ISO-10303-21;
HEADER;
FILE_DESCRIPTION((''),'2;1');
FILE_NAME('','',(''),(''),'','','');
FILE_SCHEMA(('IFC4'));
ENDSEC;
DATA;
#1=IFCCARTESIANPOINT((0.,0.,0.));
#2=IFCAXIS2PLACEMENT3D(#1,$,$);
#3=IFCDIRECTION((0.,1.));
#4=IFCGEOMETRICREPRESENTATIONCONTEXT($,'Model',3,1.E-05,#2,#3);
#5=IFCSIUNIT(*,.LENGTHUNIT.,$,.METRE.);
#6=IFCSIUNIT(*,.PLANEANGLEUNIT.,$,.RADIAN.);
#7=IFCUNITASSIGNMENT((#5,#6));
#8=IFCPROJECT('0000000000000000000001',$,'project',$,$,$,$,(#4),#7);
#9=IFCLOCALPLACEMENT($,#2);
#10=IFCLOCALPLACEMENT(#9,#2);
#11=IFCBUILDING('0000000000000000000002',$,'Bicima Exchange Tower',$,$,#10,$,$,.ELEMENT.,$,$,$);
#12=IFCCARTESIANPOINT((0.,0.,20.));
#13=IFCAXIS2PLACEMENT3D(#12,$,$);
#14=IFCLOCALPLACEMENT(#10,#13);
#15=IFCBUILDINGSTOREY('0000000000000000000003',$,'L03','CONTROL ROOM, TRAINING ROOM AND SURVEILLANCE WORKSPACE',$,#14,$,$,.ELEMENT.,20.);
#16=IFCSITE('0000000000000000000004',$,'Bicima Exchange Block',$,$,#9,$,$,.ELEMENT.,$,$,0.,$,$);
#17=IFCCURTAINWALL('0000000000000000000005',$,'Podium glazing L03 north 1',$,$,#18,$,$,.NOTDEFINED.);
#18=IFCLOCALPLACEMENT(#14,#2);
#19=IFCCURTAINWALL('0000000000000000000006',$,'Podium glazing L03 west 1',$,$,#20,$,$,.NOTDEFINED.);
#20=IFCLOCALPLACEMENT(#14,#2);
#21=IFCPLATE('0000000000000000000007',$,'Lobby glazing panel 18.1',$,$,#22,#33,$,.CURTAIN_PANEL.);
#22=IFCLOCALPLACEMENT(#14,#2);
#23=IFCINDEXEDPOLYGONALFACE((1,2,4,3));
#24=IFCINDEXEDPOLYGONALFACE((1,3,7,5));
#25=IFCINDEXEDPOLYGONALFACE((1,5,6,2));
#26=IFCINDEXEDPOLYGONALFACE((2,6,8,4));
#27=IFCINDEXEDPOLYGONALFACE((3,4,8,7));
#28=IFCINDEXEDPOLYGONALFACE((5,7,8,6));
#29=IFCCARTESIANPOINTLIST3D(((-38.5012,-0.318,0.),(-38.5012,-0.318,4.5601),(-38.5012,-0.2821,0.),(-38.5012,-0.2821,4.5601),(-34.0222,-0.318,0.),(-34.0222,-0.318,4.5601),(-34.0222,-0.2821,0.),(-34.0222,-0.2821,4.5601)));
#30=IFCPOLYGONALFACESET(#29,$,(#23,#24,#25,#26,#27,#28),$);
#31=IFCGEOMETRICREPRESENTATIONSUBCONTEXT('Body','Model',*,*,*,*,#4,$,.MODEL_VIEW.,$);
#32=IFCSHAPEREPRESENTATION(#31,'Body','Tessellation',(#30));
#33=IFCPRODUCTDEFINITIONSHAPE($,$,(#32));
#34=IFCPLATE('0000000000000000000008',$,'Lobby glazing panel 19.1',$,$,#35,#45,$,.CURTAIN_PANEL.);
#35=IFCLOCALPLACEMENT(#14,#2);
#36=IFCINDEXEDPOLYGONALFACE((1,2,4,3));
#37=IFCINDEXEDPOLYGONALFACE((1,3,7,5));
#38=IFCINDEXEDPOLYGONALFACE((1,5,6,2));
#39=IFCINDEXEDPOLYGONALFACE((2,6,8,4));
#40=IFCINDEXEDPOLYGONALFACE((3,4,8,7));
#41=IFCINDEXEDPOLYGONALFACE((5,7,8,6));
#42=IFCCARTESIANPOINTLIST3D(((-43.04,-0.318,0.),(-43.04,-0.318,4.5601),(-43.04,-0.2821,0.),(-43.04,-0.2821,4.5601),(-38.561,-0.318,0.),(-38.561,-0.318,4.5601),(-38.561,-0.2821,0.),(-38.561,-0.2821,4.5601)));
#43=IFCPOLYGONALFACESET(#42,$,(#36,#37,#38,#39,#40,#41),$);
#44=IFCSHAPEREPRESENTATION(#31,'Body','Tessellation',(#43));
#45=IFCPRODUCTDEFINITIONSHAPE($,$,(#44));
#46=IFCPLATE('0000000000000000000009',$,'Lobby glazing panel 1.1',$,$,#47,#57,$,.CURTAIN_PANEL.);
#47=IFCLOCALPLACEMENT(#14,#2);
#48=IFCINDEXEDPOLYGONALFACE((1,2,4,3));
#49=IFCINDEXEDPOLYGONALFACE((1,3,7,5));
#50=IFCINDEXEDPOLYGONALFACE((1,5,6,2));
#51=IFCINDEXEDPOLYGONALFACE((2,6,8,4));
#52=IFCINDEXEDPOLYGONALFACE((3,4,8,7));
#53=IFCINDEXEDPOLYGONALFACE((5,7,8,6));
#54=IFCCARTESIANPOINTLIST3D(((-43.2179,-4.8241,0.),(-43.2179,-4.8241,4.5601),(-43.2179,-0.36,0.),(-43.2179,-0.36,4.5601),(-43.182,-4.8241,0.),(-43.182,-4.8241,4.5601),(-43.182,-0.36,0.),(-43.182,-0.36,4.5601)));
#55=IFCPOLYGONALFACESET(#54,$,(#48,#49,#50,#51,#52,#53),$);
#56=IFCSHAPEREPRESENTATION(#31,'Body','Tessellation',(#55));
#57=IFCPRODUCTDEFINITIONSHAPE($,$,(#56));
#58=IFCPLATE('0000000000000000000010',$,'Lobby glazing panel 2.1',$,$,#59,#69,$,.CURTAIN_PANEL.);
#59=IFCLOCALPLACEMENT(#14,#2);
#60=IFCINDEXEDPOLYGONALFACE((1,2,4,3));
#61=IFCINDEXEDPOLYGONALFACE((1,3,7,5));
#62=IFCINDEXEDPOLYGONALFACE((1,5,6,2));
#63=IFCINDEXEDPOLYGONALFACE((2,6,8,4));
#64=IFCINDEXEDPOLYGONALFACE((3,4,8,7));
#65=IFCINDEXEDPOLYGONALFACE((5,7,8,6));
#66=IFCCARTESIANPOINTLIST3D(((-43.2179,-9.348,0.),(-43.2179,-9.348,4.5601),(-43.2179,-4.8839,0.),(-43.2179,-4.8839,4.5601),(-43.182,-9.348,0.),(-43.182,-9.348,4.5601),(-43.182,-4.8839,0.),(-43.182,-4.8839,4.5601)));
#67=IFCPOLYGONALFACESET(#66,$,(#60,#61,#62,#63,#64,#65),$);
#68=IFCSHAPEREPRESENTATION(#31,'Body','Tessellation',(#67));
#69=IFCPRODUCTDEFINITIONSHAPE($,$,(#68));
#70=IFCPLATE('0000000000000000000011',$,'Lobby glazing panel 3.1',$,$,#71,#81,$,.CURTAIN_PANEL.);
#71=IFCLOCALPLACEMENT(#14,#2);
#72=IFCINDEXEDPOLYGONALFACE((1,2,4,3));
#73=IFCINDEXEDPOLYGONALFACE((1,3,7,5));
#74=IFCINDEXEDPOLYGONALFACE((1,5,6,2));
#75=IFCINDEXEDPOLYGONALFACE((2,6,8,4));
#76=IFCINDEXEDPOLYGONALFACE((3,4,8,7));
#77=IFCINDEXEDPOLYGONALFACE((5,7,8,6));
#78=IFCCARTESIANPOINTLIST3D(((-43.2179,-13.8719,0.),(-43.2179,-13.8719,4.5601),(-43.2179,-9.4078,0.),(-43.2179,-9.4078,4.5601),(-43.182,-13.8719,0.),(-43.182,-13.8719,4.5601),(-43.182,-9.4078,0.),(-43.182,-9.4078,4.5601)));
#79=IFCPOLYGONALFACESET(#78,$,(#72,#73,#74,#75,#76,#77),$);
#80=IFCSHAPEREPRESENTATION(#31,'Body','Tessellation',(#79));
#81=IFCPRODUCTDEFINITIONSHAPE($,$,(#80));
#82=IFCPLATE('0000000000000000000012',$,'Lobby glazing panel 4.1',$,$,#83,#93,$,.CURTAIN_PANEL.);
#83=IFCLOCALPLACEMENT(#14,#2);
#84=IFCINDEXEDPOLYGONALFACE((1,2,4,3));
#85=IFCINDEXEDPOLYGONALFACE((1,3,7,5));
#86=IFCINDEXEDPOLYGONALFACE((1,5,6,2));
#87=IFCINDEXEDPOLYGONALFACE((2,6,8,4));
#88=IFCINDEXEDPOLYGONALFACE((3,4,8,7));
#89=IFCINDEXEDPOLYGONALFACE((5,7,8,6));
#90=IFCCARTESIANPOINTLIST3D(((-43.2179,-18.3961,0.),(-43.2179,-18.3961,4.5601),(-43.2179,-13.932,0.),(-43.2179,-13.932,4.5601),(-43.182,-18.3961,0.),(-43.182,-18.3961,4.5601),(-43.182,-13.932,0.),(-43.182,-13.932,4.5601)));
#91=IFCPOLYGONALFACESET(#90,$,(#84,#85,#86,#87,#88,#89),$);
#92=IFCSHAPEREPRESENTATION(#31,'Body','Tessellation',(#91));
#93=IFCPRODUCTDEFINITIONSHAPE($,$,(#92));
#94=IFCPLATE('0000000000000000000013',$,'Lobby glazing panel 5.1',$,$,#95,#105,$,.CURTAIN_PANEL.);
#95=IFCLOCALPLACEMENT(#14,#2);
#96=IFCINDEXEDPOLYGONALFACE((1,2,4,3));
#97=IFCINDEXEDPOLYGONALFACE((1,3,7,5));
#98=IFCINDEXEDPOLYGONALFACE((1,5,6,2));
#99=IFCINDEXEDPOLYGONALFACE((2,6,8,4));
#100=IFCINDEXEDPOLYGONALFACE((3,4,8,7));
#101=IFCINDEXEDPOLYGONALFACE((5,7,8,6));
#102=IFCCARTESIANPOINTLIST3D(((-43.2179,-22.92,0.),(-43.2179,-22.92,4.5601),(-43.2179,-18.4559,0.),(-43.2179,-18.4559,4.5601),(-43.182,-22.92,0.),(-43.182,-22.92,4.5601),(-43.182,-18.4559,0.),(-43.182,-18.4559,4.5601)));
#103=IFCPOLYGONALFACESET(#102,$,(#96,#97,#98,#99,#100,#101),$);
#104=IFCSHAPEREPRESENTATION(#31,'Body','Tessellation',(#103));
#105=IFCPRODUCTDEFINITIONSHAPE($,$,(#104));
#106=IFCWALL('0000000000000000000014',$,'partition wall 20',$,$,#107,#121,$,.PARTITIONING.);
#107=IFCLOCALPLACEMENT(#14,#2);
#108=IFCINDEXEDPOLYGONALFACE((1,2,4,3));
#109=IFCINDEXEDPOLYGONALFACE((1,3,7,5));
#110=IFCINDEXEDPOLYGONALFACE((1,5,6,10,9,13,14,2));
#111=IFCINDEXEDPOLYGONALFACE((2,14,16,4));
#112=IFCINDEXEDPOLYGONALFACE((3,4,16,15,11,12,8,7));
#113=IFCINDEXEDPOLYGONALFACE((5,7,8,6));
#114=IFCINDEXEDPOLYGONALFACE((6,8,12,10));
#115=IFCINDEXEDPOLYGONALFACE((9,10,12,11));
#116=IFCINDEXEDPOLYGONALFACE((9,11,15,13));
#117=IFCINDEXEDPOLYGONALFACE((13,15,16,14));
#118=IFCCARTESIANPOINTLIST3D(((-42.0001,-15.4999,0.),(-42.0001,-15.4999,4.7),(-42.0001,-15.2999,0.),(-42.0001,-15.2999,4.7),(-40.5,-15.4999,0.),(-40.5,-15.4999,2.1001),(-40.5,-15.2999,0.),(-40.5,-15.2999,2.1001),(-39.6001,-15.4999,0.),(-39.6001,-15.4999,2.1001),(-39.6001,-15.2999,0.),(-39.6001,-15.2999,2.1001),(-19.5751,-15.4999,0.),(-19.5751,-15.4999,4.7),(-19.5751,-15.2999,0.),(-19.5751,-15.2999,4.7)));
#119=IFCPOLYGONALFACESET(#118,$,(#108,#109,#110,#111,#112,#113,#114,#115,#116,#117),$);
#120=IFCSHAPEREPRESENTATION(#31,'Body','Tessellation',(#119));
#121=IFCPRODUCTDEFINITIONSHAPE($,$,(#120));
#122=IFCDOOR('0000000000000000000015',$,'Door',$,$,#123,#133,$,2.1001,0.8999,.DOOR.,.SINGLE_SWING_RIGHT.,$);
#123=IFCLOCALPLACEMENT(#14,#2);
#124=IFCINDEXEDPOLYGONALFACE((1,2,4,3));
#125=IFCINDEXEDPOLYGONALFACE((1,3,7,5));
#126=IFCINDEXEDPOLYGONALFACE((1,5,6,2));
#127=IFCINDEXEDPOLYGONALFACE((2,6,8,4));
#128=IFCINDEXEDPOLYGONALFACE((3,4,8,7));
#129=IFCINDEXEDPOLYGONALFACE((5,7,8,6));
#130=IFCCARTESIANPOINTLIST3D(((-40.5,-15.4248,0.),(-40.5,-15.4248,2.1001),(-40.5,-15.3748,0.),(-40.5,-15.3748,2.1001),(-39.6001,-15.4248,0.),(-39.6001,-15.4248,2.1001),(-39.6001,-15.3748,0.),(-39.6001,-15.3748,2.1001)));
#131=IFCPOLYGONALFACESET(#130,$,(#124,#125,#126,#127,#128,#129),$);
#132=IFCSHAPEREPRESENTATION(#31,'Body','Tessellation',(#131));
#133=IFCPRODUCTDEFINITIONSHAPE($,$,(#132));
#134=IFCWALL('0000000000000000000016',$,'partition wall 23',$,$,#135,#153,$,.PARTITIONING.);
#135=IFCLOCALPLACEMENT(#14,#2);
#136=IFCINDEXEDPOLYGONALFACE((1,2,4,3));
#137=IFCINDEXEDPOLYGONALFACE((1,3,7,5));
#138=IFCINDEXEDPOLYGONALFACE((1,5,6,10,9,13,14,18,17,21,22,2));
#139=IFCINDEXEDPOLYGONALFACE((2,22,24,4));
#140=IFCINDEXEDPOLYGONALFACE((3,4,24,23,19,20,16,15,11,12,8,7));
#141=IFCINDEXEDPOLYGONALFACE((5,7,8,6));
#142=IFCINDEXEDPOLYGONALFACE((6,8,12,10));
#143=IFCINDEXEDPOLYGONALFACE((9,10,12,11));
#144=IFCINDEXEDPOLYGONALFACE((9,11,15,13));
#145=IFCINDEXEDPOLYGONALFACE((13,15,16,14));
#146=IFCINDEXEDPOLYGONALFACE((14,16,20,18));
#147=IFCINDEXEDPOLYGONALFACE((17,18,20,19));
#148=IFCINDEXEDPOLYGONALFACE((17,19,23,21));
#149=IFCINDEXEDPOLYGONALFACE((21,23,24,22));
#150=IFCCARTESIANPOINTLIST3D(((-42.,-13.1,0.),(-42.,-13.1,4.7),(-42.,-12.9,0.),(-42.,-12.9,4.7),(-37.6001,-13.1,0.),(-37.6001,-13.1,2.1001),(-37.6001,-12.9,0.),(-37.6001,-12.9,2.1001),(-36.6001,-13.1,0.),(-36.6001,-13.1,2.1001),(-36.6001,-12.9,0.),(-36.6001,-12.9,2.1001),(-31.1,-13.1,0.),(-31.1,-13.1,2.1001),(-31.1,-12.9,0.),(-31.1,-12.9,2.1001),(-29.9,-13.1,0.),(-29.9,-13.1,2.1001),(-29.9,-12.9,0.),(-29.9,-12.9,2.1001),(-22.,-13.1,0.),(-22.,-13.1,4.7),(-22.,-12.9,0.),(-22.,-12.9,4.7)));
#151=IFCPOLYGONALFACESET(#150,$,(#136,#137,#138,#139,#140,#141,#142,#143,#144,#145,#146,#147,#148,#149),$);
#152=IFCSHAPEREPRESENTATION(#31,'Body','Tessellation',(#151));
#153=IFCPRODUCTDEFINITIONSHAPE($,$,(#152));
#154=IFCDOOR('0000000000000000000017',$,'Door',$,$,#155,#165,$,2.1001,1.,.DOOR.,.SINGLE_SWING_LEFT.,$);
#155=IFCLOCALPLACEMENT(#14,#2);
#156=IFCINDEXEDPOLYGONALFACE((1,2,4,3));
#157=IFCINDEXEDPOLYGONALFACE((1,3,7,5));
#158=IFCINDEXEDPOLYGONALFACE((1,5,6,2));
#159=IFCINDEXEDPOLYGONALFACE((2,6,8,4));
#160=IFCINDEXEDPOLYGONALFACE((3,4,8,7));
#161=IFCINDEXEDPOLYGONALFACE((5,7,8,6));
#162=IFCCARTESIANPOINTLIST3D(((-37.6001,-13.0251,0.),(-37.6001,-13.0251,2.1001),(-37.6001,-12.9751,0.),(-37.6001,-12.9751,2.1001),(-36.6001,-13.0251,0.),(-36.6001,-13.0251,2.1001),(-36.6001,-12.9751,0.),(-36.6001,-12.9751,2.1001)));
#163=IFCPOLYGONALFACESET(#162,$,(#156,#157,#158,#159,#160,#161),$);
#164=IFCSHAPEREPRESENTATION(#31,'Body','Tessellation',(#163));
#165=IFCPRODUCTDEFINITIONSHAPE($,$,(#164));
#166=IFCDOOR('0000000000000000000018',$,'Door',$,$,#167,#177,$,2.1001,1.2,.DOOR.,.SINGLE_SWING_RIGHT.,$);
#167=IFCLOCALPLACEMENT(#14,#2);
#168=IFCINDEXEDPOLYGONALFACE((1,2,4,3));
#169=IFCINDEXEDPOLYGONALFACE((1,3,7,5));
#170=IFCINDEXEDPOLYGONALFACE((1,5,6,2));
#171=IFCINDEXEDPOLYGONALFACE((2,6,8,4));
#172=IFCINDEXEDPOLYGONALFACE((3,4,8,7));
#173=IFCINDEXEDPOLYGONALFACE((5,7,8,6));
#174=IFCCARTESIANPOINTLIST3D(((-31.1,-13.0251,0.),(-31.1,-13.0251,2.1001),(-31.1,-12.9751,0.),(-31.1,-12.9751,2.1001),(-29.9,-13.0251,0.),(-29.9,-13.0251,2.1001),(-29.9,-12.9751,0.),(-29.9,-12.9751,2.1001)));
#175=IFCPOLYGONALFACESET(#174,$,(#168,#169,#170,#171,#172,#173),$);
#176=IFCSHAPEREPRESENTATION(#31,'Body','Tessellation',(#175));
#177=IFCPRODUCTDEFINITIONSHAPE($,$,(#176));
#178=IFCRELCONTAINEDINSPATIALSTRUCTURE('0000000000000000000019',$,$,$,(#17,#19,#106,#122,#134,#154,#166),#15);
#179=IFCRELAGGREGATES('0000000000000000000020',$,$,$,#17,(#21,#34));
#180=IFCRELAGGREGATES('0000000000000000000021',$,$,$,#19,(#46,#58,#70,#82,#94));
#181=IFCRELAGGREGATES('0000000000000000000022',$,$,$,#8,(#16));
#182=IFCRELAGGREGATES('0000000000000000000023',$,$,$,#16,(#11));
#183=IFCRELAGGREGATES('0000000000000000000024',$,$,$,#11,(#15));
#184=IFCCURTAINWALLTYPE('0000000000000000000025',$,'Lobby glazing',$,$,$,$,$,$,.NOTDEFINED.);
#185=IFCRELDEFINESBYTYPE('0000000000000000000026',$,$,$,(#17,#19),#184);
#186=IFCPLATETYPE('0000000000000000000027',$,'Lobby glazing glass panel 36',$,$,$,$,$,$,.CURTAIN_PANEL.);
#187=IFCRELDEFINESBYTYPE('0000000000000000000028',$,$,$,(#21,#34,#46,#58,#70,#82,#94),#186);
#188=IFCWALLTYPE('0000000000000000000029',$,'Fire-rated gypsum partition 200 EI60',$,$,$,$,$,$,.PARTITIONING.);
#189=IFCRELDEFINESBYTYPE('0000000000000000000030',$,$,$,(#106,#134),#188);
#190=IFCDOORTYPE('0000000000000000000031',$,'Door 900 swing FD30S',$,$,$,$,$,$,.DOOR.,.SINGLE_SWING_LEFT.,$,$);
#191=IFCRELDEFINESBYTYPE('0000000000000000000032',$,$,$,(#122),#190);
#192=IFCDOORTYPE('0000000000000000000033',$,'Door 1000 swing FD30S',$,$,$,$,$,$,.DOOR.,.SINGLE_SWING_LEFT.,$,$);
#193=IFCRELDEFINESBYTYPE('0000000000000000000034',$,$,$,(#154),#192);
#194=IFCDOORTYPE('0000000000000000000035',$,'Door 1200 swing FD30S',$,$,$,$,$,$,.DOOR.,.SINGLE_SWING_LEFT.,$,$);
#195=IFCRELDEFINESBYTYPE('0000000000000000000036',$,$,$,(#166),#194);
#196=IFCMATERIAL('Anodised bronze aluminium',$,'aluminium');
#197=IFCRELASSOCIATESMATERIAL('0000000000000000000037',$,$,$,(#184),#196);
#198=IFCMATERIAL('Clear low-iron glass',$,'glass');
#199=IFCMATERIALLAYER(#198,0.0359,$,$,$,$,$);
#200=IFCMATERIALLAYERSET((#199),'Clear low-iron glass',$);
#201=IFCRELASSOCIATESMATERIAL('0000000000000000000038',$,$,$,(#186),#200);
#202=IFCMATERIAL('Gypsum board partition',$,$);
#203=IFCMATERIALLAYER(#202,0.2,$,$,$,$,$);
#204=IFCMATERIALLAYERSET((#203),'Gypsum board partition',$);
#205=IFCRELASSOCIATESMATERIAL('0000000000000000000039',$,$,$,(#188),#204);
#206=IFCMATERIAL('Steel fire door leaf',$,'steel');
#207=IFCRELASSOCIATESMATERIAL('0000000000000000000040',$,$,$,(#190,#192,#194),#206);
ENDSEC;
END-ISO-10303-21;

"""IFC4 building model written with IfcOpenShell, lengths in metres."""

from ifc_helpers import new_model, si_unit, direction, frame, frame_2d, origin, origin_2d, place, context, subcontext, project, spatial, rectangle, extrude, material, layer, layer_set, type_object, element, fill, aggregate, save


model = new_model("IFC4")

# Units and contexts
model_context = context("Model", 3, precision=1e-05, world=origin(), true_north=direction((0.0, 1.0)))
body_context = subcontext(model_context, "Body", "Model", "MODEL_VIEW")
ifc_project = project(units=[si_unit("LENGTHUNIT", "METRE"), si_unit("PLANEANGLEUNIT", "RADIAN")], contexts=[model_context])

# Site, building, storey
site_placement = place(None, origin())
site = spatial("IfcSite", under=ifc_project, at=site_placement, Name="Bicima Exchange Block", CompositionType="ELEMENT", RefElevation=0.0)
building_placement = place(site_placement, origin())
building = spatial("IfcBuilding", under=site, at=building_placement, Name="Bicima Exchange Tower", CompositionType="ELEMENT")
storey_placement = place(building_placement, frame((0.0, 0.0, 20.0)))
storey = spatial("IfcBuildingStorey", under=building, at=storey_placement, Name="L03", Description="CONTROL ROOM, TRAINING ROOM AND SURVEILLANCE WORKSPACE", CompositionType="ELEMENT", Elevation=20.0)

# Curtain walls
ifc_material_1 = material(Name="Anodised bronze aluminium", Category="aluminium")
curtain_wall_type = type_object("IfcCurtainWallType", Name="Lobby glazing", PredefinedType="NOTDEFINED", material=ifc_material_1)
curtain_wall_1_placement = place(storey_placement, origin())
curtain_wall_1 = element("IfcCurtainWall", 1, at=curtain_wall_1_placement, inside=storey, type_object=curtain_wall_type, Name="Podium glazing L03 north 1", PredefinedType="NOTDEFINED")
curtain_wall_2_placement = place(storey_placement, origin())
curtain_wall_2 = element("IfcCurtainWall", 2, at=curtain_wall_2_placement, inside=storey, type_object=curtain_wall_type, Name="Podium glazing L03 west 1", PredefinedType="NOTDEFINED")

# Plates
ifc_material_2 = material(Name="Clear low-iron glass", Category="glass")
ifc_layer_1 = layer(ifc_material_2, 0.0359)
ifc_layer_set_1 = layer_set([ifc_layer_1], Name="Clear low-iron glass")
plate_type = type_object("IfcPlateType", Name="Lobby glazing glass panel 36", PredefinedType="CURTAIN_PANEL", material=ifc_layer_set_1)
plate_1_placement = place(storey_placement, frame((-36.2617, -0.3, 0.0), z_axis=(0.0, 0.0, 1.0), x_axis=(-1.0, 0.0, 0.0)))
plate_1 = element("IfcPlate", 3, at=plate_1_placement, type_object=plate_type, Name="Lobby glazing panel 18.1", PredefinedType="CURTAIN_PANEL", context=body_context, shape_type="SweptSolid", body=[
    extrude(rectangle(XDim=4.479, YDim=0.0359, at=origin_2d()), origin(), (0.0, 0.0, 1.0), 4.5601),
])
plate_2_placement = place(storey_placement, frame((-40.8005, -0.3, 0.0), z_axis=(0.0, 0.0, 1.0), x_axis=(-1.0, 0.0, 0.0)))
plate_2 = element("IfcPlate", 4, at=plate_2_placement, type_object=plate_type, Name="Lobby glazing panel 19.1", PredefinedType="CURTAIN_PANEL", context=body_context, shape_type="SweptSolid", body=[
    extrude(rectangle(XDim=4.479, YDim=0.0359, at=origin_2d()), origin(), (0.0, 0.0, 1.0), 4.5601),
])
aggregate(curtain_wall_1, [plate_1, plate_2])
plate_3_placement = place(storey_placement, frame((-43.2, -2.592, 0.0), z_axis=(0.0, 0.0, 1.0), x_axis=(0.0, -1.0, 0.0)))
plate_3 = element("IfcPlate", 5, at=plate_3_placement, type_object=plate_type, Name="Lobby glazing panel 1.1", PredefinedType="CURTAIN_PANEL", context=body_context, shape_type="SweptSolid", body=[
    extrude(rectangle(XDim=4.4641, YDim=0.0359, at=origin_2d()), origin(), (0.0, 0.0, 1.0), 4.5601),
])
plate_4_placement = place(storey_placement, frame((-43.2, -7.116, 0.0), z_axis=(0.0, 0.0, 1.0), x_axis=(0.0, -1.0, 0.0)))
plate_4 = element("IfcPlate", 6, at=plate_4_placement, type_object=plate_type, Name="Lobby glazing panel 2.1", PredefinedType="CURTAIN_PANEL", context=body_context, shape_type="SweptSolid", body=[
    extrude(rectangle(XDim=4.4641, YDim=0.0359, at=origin_2d()), origin(), (0.0, 0.0, 1.0), 4.5601),
])
plate_5_placement = place(storey_placement, frame((-43.2, -11.6399, 0.0), z_axis=(0.0, 0.0, 1.0), x_axis=(0.0, -1.0, 0.0)))
plate_5 = element("IfcPlate", 7, at=plate_5_placement, type_object=plate_type, Name="Lobby glazing panel 3.1", PredefinedType="CURTAIN_PANEL", context=body_context, shape_type="SweptSolid", body=[
    extrude(rectangle(XDim=4.4641, YDim=0.0359, at=origin_2d()), origin(), (0.0, 0.0, 1.0), 4.5601),
])
plate_6_placement = place(storey_placement, frame((-43.2, -16.1641, 0.0), z_axis=(0.0, 0.0, 1.0), x_axis=(0.0, -1.0, 0.0)))
plate_6 = element("IfcPlate", 8, at=plate_6_placement, type_object=plate_type, Name="Lobby glazing panel 4.1", PredefinedType="CURTAIN_PANEL", context=body_context, shape_type="SweptSolid", body=[
    extrude(rectangle(XDim=4.4641, YDim=0.0359, at=origin_2d()), origin(), (0.0, 0.0, 1.0), 4.5601),
])
plate_7_placement = place(storey_placement, frame((-43.2, -20.688, 0.0), z_axis=(0.0, 0.0, 1.0), x_axis=(0.0, -1.0, 0.0)))
plate_7 = element("IfcPlate", 9, at=plate_7_placement, type_object=plate_type, Name="Lobby glazing panel 5.1", PredefinedType="CURTAIN_PANEL", context=body_context, shape_type="SweptSolid", body=[
    extrude(rectangle(XDim=4.4641, YDim=0.0359, at=origin_2d()), origin(), (0.0, 0.0, 1.0), 4.5601),
])
aggregate(curtain_wall_2, [plate_3, plate_4, plate_5, plate_6, plate_7])

# Wall, opening, door
ifc_material_3 = material(Name="Gypsum board partition")
ifc_layer_2 = layer(ifc_material_3, 0.2)
ifc_layer_set_2 = layer_set([ifc_layer_2], Name="Gypsum board partition")
wall_type_1 = type_object("IfcWallType", Name="Fire-rated gypsum partition 200 EI60", PredefinedType="PARTITIONING", material=ifc_layer_set_2)
wall_1_placement = place(storey_placement, frame((-42.0, -15.3999, 0.0), z_axis=(0.0, 0.0, 1.0), x_axis=(1.0, 0.0, 0.0)))
wall_1 = element("IfcWall", 10, at=wall_1_placement, inside=storey, type_object=wall_type_1, Name="partition wall 20", PredefinedType="PARTITIONING", context=body_context, shape_type="SweptSolid", body=[
    extrude(rectangle(XDim=22.425, YDim=0.2, at=frame_2d((11.2124, 0.0))), origin(), (0.0, 0.0, 1.0), 4.7),
])
opening_1_placement = place(wall_1_placement, frame((1.5, 0.0, 0.0)))
opening_1 = element("IfcOpeningElement", 11, at=opening_1_placement, cuts=wall_1, PredefinedType="OPENING", context=body_context, shape_type="SweptSolid", body=[
    extrude(rectangle(XDim=0.8999, YDim=2.1001, at=frame_2d((0.45, 1.05))), frame((0.0, 0.1118, 0.0), z_axis=(0.0, -1.0, 0.0), x_axis=(1.0, 0.0, 0.0)), (0.0, 0.0, 1.0), 0.2239),
])
ifc_material_4 = material(Name="Steel fire door leaf", Category="steel")
door_type_1 = type_object("IfcDoorType", Name="Door 900 swing FD30S", OperationType="SINGLE_SWING_LEFT", PredefinedType="DOOR", material=ifc_material_4)
door_1_placement = place(opening_1_placement, frame((0.8999, 0.0, 0.0), z_axis=(0.0, 0.0, 1.0), x_axis=(-1.0, 0.0, 0.0)))
door_1 = element("IfcDoor", 12, at=door_1_placement, inside=storey, type_object=door_type_1, Name="Door", OperationType="SINGLE_SWING_RIGHT", OverallHeight=2.1001, OverallWidth=0.8999, PredefinedType="DOOR", context=body_context, shape_type="SweptSolid", body=[
    extrude(rectangle(XDim=0.8999, YDim=2.1001, at=frame_2d((0.45, 1.05))), frame((0.0, 0.0249, 0.0), z_axis=(0.0, -1.0, 0.0), x_axis=(1.0, 0.0, 0.0)), (0.0, 0.0, 1.0), 0.05),
])
fill(opening_1, door_1)

# Wall, openings, doors
wall_2_placement = place(storey_placement, frame((-42.0, -13.0, 0.0), z_axis=(0.0, 0.0, 1.0), x_axis=(1.0, 0.0, 0.0)))
wall_2 = element("IfcWall", 13, at=wall_2_placement, inside=storey, type_object=wall_type_1, Name="partition wall 23", PredefinedType="PARTITIONING", context=body_context, shape_type="SweptSolid", body=[
    extrude(rectangle(XDim=20.0, YDim=0.2, at=frame_2d((10.0, 0.0))), origin(), (0.0, 0.0, 1.0), 4.7),
])
opening_2_placement = place(wall_2_placement, frame((10.8999, 0.0, 0.0)))
opening_2 = element("IfcOpeningElement", 14, at=opening_2_placement, cuts=wall_2, PredefinedType="OPENING", context=body_context, shape_type="SweptSolid", body=[
    extrude(rectangle(XDim=1.2, YDim=2.1001, at=frame_2d((0.6001, 1.05))), frame((0.0, 0.1118, 0.0), z_axis=(0.0, -1.0, 0.0), x_axis=(1.0, 0.0, 0.0)), (0.0, 0.0, 1.0), 0.2239),
])
opening_3_placement = place(wall_2_placement, frame((4.3999, 0.0, 0.0)))
opening_3 = element("IfcOpeningElement", 15, at=opening_3_placement, cuts=wall_2, PredefinedType="OPENING", context=body_context, shape_type="SweptSolid", body=[
    extrude(rectangle(XDim=1.0, YDim=2.1001, at=frame_2d((0.5, 1.05))), frame((0.0, 0.1118, 0.0), z_axis=(0.0, -1.0, 0.0), x_axis=(1.0, 0.0, 0.0)), (0.0, 0.0, 1.0), 0.2239),
])
door_type_2 = type_object("IfcDoorType", Name="Door 1000 swing FD30S", OperationType="SINGLE_SWING_LEFT", PredefinedType="DOOR", material=ifc_material_4)
door_2_placement = place(opening_3_placement, origin())
door_2 = element("IfcDoor", 16, at=door_2_placement, inside=storey, type_object=door_type_2, Name="Door", OperationType="SINGLE_SWING_LEFT", OverallHeight=2.1001, OverallWidth=1.0, PredefinedType="DOOR", context=body_context, shape_type="SweptSolid", body=[
    extrude(rectangle(XDim=1.0, YDim=2.1001, at=frame_2d((0.5, 1.05))), frame((0.0, 0.0249, 0.0), z_axis=(0.0, -1.0, 0.0), x_axis=(1.0, 0.0, 0.0)), (0.0, 0.0, 1.0), 0.05),
])
fill(opening_3, door_2)
door_type_3 = type_object("IfcDoorType", Name="Door 1200 swing FD30S", OperationType="SINGLE_SWING_LEFT", PredefinedType="DOOR", material=ifc_material_4)
door_3_placement = place(opening_2_placement, origin())
door_3 = element("IfcDoor", 17, at=door_3_placement, inside=storey, type_object=door_type_3, Name="Door", OperationType="SINGLE_SWING_RIGHT", OverallHeight=2.1001, OverallWidth=1.2, PredefinedType="DOOR", context=body_context, shape_type="SweptSolid", body=[
    extrude(rectangle(XDim=1.2, YDim=2.1001, at=frame_2d((0.6001, 1.05))), frame((0.0, 0.0249, 0.0), z_axis=(0.0, -1.0, 0.0), x_axis=(1.0, 0.0, 0.0)), (0.0, 0.0, 1.0), 0.05),
])
fill(opening_2, door_3)

save(model, "model.ifc")
